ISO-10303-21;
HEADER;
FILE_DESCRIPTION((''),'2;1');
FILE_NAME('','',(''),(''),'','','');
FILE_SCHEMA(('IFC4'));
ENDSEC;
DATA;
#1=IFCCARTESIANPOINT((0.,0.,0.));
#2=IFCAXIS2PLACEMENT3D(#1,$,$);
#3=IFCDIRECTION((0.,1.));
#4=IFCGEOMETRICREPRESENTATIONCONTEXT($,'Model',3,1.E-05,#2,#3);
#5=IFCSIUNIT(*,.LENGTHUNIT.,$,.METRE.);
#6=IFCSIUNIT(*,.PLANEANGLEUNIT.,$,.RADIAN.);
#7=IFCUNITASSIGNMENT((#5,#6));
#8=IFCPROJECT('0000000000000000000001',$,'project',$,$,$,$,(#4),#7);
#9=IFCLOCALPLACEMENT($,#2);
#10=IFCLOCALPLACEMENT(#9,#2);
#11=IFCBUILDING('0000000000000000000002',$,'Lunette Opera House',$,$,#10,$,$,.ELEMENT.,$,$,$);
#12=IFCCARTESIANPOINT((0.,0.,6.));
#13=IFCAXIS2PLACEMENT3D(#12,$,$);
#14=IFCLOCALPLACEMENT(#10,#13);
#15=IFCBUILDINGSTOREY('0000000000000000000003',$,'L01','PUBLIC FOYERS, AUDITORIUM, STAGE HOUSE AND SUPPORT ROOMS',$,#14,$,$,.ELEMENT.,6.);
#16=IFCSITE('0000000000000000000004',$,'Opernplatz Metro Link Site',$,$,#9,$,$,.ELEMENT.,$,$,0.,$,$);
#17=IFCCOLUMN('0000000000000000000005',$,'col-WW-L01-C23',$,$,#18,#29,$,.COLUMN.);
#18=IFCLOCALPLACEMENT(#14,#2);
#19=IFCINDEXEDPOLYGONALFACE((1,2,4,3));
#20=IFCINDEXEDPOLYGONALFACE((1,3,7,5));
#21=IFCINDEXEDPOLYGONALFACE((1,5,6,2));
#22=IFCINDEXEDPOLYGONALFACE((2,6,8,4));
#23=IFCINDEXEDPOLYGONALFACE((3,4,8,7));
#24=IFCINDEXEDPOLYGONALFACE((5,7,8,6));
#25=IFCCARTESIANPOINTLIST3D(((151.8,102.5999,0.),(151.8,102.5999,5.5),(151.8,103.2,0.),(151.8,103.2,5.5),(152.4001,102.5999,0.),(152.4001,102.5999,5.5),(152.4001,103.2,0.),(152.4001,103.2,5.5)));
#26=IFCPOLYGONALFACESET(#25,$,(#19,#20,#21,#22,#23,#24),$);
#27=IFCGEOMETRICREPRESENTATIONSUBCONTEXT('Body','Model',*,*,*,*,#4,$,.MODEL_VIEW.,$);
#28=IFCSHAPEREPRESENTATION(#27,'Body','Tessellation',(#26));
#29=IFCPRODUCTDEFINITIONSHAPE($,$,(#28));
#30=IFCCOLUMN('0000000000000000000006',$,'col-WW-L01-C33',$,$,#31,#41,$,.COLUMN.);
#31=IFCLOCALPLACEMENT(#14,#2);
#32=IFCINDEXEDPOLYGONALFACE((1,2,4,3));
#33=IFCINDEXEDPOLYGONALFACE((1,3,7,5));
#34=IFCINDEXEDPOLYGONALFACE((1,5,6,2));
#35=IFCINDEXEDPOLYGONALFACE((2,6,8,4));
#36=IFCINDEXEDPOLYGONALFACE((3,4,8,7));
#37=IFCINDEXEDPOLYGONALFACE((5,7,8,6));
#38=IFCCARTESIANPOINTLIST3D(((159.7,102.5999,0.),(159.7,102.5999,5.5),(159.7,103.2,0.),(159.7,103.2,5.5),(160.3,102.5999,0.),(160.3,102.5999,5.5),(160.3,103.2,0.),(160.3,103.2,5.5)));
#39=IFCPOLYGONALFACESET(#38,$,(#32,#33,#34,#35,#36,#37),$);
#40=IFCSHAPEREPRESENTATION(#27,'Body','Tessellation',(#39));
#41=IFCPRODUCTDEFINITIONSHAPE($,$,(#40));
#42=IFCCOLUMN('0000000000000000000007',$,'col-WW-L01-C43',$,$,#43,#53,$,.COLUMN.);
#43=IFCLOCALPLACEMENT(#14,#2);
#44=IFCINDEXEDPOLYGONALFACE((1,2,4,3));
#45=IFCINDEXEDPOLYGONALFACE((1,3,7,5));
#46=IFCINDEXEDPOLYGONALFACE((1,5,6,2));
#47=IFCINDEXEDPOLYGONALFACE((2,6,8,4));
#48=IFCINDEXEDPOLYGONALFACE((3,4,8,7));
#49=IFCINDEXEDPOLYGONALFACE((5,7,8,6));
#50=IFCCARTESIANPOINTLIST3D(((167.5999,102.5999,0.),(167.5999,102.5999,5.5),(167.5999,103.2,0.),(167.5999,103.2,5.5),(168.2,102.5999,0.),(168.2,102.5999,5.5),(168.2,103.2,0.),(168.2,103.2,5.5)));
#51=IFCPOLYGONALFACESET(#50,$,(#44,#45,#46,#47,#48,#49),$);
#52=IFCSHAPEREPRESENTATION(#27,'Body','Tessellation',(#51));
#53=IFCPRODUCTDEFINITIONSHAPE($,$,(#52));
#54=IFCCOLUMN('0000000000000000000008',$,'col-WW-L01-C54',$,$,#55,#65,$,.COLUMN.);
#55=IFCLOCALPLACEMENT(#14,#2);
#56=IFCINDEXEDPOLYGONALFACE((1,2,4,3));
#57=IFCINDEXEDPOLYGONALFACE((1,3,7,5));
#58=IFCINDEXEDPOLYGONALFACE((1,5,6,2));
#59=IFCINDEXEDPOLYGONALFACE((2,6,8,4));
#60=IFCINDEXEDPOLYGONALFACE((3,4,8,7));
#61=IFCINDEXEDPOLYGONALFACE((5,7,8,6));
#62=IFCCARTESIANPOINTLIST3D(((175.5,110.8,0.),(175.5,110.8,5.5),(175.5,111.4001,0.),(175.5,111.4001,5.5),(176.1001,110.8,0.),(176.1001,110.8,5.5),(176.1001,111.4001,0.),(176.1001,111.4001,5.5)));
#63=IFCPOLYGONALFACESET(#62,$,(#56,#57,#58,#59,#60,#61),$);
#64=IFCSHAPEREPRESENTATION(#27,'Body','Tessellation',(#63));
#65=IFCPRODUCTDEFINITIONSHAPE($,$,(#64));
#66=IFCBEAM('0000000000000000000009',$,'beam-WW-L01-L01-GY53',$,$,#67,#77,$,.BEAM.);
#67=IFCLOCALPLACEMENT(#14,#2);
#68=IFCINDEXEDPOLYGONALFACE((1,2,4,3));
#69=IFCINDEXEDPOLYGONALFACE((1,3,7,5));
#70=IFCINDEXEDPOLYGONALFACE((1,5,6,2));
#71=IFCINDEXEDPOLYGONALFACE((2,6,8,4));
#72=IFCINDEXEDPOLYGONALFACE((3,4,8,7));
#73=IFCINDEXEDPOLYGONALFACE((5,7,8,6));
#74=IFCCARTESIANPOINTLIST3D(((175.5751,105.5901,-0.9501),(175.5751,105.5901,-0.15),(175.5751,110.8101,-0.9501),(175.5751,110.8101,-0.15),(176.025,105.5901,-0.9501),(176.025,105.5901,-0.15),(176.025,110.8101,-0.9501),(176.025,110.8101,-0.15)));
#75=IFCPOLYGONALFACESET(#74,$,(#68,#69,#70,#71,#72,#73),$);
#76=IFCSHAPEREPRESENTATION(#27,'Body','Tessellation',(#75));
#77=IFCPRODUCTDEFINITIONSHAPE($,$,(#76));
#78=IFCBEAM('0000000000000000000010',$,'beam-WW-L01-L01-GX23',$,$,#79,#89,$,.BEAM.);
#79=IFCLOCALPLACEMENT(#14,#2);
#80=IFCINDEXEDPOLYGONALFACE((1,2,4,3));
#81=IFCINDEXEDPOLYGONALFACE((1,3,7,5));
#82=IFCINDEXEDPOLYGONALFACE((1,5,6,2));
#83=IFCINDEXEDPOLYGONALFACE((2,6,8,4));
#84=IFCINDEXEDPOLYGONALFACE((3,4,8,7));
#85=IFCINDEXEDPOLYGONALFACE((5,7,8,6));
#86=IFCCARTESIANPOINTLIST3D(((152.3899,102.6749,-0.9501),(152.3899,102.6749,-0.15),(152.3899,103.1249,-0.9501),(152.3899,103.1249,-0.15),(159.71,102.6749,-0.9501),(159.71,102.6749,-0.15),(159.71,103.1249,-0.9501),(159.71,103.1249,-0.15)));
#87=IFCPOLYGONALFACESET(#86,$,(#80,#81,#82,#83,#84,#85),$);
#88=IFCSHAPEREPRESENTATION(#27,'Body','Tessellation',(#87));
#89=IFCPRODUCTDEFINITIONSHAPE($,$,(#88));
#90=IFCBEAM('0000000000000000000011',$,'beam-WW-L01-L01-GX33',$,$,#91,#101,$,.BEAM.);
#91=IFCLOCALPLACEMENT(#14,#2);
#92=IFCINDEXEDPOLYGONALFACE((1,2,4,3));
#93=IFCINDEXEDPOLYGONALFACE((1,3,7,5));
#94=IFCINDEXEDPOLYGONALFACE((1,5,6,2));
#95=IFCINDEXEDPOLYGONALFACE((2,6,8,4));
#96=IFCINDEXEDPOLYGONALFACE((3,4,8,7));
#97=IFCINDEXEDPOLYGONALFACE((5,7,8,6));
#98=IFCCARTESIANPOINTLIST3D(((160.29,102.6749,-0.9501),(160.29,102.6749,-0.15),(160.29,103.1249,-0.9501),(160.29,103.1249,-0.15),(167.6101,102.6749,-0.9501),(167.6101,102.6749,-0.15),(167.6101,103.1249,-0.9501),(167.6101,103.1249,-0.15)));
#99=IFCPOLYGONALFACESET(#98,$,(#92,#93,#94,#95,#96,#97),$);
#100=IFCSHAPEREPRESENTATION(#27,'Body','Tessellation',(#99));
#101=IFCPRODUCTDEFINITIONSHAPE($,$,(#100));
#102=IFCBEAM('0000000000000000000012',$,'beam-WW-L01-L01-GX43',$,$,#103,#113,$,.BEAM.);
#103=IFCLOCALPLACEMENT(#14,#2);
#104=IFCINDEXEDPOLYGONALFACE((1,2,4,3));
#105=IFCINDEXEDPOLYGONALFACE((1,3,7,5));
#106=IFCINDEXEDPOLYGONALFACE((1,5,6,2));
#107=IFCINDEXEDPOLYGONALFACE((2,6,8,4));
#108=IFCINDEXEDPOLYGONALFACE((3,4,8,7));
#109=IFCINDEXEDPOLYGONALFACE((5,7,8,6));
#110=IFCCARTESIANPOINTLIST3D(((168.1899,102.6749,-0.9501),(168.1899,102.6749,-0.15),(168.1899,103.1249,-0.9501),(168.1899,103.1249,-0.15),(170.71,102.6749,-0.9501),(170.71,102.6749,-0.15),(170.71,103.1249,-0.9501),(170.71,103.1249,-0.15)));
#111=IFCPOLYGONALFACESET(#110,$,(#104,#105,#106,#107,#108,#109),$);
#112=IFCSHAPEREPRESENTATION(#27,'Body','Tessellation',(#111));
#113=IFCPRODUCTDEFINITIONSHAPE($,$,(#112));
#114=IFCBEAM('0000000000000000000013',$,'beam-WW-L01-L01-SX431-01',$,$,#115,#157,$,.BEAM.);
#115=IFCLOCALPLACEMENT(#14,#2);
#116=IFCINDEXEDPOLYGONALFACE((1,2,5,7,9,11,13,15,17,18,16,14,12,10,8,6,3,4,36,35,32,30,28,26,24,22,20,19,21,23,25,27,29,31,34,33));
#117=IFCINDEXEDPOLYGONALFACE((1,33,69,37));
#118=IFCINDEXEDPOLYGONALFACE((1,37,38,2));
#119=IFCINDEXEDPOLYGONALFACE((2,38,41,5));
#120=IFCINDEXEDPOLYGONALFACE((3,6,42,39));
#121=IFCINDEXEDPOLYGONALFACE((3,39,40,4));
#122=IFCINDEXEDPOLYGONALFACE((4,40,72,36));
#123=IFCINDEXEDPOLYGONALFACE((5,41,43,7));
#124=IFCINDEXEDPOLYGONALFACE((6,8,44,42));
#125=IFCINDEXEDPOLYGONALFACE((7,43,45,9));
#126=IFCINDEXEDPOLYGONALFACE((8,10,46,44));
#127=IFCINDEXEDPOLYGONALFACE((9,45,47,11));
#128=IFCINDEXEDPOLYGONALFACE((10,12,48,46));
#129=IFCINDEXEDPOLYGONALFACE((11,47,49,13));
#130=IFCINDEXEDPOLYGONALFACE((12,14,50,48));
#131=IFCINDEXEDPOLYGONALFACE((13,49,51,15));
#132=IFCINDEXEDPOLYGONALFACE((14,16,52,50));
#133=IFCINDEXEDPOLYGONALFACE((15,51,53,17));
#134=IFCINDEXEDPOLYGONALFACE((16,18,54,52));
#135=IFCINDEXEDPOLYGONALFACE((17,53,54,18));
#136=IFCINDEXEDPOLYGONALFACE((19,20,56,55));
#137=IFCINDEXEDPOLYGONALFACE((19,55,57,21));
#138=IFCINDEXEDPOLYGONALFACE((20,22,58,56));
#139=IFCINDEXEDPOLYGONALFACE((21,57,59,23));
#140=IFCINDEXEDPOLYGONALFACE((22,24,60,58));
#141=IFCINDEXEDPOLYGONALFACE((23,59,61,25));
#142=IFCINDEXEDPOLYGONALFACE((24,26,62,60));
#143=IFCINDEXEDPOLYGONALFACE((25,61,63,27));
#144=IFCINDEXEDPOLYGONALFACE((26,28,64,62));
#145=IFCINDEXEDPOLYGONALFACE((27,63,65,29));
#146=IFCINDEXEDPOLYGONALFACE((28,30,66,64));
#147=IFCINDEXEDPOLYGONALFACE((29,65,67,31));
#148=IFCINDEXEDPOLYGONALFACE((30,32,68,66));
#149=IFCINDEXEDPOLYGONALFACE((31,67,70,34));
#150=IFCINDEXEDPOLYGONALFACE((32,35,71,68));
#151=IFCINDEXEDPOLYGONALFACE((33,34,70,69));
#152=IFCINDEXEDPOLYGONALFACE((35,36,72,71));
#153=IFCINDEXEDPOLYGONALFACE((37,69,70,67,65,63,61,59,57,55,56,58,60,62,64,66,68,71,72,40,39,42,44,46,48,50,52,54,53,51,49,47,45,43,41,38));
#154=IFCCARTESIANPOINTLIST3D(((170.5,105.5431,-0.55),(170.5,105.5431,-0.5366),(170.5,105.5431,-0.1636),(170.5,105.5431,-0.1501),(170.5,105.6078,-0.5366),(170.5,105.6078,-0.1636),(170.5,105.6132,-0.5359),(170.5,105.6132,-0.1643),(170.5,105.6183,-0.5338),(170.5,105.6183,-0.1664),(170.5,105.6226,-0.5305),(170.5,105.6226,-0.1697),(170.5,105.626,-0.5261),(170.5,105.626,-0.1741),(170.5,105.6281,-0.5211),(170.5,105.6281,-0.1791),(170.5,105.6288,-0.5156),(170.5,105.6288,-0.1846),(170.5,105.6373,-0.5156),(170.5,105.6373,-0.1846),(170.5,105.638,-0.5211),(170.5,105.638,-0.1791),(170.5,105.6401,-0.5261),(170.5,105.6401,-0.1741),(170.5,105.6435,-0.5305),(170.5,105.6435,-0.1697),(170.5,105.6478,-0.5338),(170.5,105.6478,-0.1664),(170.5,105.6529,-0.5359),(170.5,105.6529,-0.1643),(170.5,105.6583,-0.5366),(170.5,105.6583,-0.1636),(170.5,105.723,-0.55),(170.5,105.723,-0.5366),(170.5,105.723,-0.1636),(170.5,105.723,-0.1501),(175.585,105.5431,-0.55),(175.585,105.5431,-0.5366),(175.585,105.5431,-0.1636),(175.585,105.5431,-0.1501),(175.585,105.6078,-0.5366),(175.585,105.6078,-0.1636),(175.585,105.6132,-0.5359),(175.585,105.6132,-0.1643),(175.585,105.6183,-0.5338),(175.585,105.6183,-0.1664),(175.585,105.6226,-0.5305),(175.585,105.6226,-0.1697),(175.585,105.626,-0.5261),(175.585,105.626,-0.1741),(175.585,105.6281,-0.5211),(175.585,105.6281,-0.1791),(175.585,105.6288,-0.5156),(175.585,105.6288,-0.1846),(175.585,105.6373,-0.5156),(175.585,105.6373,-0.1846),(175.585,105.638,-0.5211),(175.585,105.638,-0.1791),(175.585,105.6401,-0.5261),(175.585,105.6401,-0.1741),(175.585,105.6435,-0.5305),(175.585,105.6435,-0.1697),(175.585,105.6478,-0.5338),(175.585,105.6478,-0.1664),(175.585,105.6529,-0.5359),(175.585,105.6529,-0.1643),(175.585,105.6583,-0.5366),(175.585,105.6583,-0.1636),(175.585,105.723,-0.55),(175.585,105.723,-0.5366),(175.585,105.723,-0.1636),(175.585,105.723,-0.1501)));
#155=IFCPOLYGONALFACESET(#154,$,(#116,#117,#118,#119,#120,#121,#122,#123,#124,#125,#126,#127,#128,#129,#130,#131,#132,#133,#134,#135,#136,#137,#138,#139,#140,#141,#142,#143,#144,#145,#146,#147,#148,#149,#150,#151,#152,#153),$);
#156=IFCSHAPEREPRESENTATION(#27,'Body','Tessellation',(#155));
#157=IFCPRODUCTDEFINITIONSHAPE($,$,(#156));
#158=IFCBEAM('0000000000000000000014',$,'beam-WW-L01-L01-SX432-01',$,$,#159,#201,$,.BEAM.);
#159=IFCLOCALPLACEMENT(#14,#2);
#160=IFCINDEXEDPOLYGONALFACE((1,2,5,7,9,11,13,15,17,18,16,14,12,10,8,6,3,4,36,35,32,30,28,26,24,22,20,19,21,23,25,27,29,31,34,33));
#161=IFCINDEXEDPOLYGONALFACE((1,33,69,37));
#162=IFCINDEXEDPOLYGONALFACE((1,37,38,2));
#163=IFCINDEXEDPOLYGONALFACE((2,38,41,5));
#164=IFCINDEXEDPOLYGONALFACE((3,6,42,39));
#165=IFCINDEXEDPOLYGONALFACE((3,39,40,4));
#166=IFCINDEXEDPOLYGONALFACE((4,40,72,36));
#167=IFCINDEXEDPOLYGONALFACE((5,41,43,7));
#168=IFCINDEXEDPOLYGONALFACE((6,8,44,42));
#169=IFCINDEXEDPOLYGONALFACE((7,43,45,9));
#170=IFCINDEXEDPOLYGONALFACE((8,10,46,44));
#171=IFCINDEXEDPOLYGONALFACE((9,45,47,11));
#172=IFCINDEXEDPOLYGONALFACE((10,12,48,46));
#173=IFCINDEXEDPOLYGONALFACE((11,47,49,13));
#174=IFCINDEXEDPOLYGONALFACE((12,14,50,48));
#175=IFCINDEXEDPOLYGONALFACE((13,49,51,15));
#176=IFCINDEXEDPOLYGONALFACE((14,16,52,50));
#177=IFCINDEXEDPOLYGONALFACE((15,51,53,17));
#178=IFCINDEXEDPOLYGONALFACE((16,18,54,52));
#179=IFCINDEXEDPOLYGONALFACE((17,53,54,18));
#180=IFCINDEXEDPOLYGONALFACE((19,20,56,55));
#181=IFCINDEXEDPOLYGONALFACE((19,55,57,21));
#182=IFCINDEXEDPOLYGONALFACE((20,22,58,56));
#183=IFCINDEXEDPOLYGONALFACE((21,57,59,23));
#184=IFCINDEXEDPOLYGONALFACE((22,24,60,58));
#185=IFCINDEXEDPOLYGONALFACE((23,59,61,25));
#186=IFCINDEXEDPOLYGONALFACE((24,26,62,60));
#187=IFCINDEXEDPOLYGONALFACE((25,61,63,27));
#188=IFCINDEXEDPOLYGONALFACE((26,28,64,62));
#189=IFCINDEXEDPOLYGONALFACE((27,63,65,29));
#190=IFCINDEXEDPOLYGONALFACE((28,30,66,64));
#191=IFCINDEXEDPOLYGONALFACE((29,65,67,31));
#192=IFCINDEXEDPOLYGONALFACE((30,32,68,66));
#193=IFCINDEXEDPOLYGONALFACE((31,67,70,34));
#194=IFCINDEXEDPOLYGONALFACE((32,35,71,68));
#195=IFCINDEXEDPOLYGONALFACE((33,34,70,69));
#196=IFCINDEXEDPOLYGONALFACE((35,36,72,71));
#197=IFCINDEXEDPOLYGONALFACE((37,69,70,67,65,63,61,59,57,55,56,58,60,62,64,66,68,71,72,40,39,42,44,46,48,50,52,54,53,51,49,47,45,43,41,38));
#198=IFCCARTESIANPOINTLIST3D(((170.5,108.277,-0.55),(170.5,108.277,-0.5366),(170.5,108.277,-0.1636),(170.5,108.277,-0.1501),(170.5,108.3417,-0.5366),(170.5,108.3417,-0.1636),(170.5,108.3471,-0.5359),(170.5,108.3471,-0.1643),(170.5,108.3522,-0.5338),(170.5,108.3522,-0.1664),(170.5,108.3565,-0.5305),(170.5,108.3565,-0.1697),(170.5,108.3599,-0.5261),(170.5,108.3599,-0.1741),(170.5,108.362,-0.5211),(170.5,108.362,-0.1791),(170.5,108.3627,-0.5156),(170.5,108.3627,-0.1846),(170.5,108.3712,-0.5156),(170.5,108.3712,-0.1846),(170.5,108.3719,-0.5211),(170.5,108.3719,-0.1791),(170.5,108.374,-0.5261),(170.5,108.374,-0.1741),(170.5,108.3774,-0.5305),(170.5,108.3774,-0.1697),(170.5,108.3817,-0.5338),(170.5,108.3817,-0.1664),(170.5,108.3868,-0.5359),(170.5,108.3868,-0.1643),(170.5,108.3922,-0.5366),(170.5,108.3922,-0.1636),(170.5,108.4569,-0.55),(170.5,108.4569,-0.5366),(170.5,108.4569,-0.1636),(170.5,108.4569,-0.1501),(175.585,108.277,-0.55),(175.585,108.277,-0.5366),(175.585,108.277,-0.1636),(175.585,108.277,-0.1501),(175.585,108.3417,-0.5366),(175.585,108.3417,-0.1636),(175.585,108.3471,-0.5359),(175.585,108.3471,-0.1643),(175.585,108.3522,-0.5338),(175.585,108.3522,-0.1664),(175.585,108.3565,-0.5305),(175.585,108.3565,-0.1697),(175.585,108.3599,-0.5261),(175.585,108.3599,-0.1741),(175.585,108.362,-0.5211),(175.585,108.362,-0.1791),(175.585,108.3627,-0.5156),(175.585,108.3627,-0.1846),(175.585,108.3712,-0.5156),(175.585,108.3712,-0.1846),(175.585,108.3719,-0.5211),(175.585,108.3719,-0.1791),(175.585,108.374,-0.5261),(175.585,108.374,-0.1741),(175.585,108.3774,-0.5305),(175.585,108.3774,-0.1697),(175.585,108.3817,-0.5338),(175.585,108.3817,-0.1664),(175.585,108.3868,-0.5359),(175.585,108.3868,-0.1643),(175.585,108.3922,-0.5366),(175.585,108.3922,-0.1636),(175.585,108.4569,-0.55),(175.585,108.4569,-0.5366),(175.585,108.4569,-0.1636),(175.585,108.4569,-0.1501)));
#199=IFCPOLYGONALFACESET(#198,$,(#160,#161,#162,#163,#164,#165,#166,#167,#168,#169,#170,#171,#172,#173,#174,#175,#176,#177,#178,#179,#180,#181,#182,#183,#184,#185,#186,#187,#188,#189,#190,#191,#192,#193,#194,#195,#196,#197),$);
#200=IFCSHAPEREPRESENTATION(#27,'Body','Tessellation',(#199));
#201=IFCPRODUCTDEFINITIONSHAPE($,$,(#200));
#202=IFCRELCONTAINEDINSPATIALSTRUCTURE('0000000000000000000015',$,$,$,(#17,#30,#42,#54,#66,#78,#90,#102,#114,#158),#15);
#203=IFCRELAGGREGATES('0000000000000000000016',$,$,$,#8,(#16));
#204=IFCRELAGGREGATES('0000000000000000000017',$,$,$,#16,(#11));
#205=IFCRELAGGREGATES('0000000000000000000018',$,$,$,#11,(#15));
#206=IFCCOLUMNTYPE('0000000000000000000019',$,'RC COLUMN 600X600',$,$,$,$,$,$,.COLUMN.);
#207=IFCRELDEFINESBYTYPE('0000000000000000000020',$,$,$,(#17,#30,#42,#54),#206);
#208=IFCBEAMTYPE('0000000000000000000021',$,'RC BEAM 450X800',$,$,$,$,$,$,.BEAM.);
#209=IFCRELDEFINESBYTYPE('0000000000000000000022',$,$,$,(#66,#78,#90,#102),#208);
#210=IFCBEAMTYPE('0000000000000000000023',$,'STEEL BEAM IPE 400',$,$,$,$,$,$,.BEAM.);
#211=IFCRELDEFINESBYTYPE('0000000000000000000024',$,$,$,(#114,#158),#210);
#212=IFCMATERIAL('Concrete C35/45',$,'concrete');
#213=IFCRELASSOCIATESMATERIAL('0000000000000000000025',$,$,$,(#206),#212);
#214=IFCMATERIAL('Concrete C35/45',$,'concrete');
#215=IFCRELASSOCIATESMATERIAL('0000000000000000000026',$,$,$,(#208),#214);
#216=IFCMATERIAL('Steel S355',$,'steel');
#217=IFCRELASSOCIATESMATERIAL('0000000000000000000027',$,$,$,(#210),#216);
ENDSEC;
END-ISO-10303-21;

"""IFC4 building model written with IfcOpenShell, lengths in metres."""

from ifc_helpers import new_model, si_unit, direction, frame, origin, origin_2d, place, context, subcontext, project, spatial, rectangle, i_section, extrude, material, material_profile, profile_set, type_object, element, save


model = new_model("IFC4")

# Units and contexts
model_context = context("Model", 3, precision=1e-05, world=origin(), true_north=direction((0.0, 1.0)))
body_context = subcontext(model_context, "Body", "Model", "MODEL_VIEW")
ifc_project = project(units=[si_unit("LENGTHUNIT", "METRE"), si_unit("PLANEANGLEUNIT", "RADIAN")], contexts=[model_context])

# Site, building, storey
site_placement = place(None, origin())
site = spatial("IfcSite", under=ifc_project, at=site_placement, Name="Opernplatz Metro Link Site", CompositionType="ELEMENT", RefElevation=0.0)
building_placement = place(site_placement, origin())
building = spatial("IfcBuilding", under=site, at=building_placement, Name="Lunette Opera House", CompositionType="ELEMENT")
storey_placement = place(building_placement, frame((0.0, 0.0, 6.0)))
storey = spatial("IfcBuildingStorey", under=building, at=storey_placement, Name="L01", Description="PUBLIC FOYERS, AUDITORIUM, STAGE HOUSE AND SUPPORT ROOMS", CompositionType="ELEMENT", Elevation=6.0)

# Columns
ifc_material_1 = material(Name="Concrete C35/45", Category="concrete")
ifc_material_profile_1 = material_profile(ifc_material_1, rectangle(XDim=0.6001, YDim=0.6001, at=origin_2d()), Name="RC COLUMN 600X600")
ifc_profile_set_1 = profile_set([ifc_material_profile_1], Name="Concrete C35/45")
column_type = type_object("IfcColumnType", Name="RC COLUMN 600X600", PredefinedType="COLUMN", material=ifc_profile_set_1)
for number, where, z_axis, x_axis, name in (
    (1, (152.1001, 102.8999, 0.0), (0.0, 0.0, 1.0), (1.0, 0.0, 0.0), "col-WW-L01-C23"),
    (2, (160.0, 102.8999, 0.0), (0.0, 0.0, 1.0), (1.0, 0.0, 0.0), "col-WW-L01-C33"),
    (3, (167.8999, 102.8999, 0.0), (0.0, 0.0, 1.0), (1.0, 0.0, 0.0), "col-WW-L01-C43"),
    (4, (175.8, 111.1001, 0.0), (0.0, 0.0, 1.0), (1.0, 0.0, 0.0), "col-WW-L01-C54"),
):
    element("IfcColumn", number, at=place(storey_placement, frame(where, z_axis=z_axis, x_axis=x_axis)), inside=storey, type_object=column_type, Name=name, PredefinedType="COLUMN", context=body_context, shape_type="SweptSolid", body=[
        extrude(rectangle(XDim=0.6001, YDim=0.6001, at=origin_2d()), origin(), (0.0, 0.0, 1.0), 5.5),
    ])

# Beams
ifc_material_2 = material(Name="Concrete C35/45", Category="concrete")
ifc_material_profile_2 = material_profile(ifc_material_2, rectangle(XDim=0.45, YDim=0.8, at=origin_2d()), Name="RC BEAM 450X800")
ifc_profile_set_2 = profile_set([ifc_material_profile_2], Name="Concrete C35/45")
beam_type_1 = type_object("IfcBeamType", Name="RC BEAM 450X800", PredefinedType="BEAM", material=ifc_profile_set_2)
beam_1_placement = place(storey_placement, frame((175.8, 105.5901, -0.55), z_axis=(0.0, 1.0, 0.0), x_axis=(-1.0, 0.0, 0.0)))
element("IfcBeam", 5, at=beam_1_placement, inside=storey, type_object=beam_type_1, Name="beam-WW-L01-L01-GY53", PredefinedType="BEAM", context=body_context, shape_type="SweptSolid", body=[
    extrude(rectangle(XDim=0.45, YDim=0.8, at=origin_2d()), origin(), (0.0, 0.0, 1.0), 5.22),
])
for number, where, z_axis, x_axis, name in (
    (6, (152.3899, 102.8999, -0.55), (1.0, 0.0, 0.0), (0.0, 1.0, 0.0), "beam-WW-L01-L01-GX23"),
    (7, (160.29, 102.8999, -0.55), (1.0, 0.0, 0.0), (0.0, 1.0, 0.0), "beam-WW-L01-L01-GX33"),
):
    element("IfcBeam", number, at=place(storey_placement, frame(where, z_axis=z_axis, x_axis=x_axis)), inside=storey, type_object=beam_type_1, Name=name, PredefinedType="BEAM", context=body_context, shape_type="SweptSolid", body=[
        extrude(rectangle(XDim=0.45, YDim=0.8, at=origin_2d()), origin(), (0.0, 0.0, 1.0), 7.3201),
    ])
beam_2_placement = place(storey_placement, frame((168.1899, 102.8999, -0.55), z_axis=(1.0, 0.0, 0.0), x_axis=(0.0, 1.0, 0.0)))
element("IfcBeam", 8, at=beam_2_placement, inside=storey, type_object=beam_type_1, Name="beam-WW-L01-L01-GX43", PredefinedType="BEAM", context=body_context, shape_type="SweptSolid", body=[
    extrude(rectangle(XDim=0.45, YDim=0.8, at=origin_2d()), origin(), (0.0, 0.0, 1.0), 2.52),
])
ifc_material_3 = material(Name="Steel S355", Category="steel")
ifc_material_profile_3 = material_profile(ifc_material_3, i_section(OverallWidth=0.1799, OverallDepth=0.3999, WebThickness=0.0085, FlangeThickness=0.0134, FilletRadius=0.021, at=origin_2d()), Name="IPE 400")
ifc_profile_set_3 = profile_set([ifc_material_profile_3], Name="Steel S355")
beam_type_2 = type_object("IfcBeamType", Name="STEEL BEAM IPE 400", PredefinedType="BEAM", material=ifc_profile_set_3)
for number, where, z_axis, x_axis, name in (
    (9, (170.5, 105.6331, -0.3501), (1.0, 0.0, 0.0), (0.0, 1.0, 0.0), "beam-WW-L01-L01-SX431-01"),
    (10, (170.5, 108.3669, -0.3501), (1.0, 0.0, 0.0), (0.0, 1.0, 0.0), "beam-WW-L01-L01-SX432-01"),
):
    element("IfcBeam", number, at=place(storey_placement, frame(where, z_axis=z_axis, x_axis=x_axis)), inside=storey, type_object=beam_type_2, Name=name, PredefinedType="BEAM", context=body_context, shape_type="SweptSolid", body=[
        extrude(i_section(OverallWidth=0.1799, OverallDepth=0.3999, WebThickness=0.0085, FlangeThickness=0.0134, FilletRadius=0.021, at=origin_2d()), origin(), (0.0, 0.0, 1.0), 5.085),
    ])

save(model, "model.ifc")
